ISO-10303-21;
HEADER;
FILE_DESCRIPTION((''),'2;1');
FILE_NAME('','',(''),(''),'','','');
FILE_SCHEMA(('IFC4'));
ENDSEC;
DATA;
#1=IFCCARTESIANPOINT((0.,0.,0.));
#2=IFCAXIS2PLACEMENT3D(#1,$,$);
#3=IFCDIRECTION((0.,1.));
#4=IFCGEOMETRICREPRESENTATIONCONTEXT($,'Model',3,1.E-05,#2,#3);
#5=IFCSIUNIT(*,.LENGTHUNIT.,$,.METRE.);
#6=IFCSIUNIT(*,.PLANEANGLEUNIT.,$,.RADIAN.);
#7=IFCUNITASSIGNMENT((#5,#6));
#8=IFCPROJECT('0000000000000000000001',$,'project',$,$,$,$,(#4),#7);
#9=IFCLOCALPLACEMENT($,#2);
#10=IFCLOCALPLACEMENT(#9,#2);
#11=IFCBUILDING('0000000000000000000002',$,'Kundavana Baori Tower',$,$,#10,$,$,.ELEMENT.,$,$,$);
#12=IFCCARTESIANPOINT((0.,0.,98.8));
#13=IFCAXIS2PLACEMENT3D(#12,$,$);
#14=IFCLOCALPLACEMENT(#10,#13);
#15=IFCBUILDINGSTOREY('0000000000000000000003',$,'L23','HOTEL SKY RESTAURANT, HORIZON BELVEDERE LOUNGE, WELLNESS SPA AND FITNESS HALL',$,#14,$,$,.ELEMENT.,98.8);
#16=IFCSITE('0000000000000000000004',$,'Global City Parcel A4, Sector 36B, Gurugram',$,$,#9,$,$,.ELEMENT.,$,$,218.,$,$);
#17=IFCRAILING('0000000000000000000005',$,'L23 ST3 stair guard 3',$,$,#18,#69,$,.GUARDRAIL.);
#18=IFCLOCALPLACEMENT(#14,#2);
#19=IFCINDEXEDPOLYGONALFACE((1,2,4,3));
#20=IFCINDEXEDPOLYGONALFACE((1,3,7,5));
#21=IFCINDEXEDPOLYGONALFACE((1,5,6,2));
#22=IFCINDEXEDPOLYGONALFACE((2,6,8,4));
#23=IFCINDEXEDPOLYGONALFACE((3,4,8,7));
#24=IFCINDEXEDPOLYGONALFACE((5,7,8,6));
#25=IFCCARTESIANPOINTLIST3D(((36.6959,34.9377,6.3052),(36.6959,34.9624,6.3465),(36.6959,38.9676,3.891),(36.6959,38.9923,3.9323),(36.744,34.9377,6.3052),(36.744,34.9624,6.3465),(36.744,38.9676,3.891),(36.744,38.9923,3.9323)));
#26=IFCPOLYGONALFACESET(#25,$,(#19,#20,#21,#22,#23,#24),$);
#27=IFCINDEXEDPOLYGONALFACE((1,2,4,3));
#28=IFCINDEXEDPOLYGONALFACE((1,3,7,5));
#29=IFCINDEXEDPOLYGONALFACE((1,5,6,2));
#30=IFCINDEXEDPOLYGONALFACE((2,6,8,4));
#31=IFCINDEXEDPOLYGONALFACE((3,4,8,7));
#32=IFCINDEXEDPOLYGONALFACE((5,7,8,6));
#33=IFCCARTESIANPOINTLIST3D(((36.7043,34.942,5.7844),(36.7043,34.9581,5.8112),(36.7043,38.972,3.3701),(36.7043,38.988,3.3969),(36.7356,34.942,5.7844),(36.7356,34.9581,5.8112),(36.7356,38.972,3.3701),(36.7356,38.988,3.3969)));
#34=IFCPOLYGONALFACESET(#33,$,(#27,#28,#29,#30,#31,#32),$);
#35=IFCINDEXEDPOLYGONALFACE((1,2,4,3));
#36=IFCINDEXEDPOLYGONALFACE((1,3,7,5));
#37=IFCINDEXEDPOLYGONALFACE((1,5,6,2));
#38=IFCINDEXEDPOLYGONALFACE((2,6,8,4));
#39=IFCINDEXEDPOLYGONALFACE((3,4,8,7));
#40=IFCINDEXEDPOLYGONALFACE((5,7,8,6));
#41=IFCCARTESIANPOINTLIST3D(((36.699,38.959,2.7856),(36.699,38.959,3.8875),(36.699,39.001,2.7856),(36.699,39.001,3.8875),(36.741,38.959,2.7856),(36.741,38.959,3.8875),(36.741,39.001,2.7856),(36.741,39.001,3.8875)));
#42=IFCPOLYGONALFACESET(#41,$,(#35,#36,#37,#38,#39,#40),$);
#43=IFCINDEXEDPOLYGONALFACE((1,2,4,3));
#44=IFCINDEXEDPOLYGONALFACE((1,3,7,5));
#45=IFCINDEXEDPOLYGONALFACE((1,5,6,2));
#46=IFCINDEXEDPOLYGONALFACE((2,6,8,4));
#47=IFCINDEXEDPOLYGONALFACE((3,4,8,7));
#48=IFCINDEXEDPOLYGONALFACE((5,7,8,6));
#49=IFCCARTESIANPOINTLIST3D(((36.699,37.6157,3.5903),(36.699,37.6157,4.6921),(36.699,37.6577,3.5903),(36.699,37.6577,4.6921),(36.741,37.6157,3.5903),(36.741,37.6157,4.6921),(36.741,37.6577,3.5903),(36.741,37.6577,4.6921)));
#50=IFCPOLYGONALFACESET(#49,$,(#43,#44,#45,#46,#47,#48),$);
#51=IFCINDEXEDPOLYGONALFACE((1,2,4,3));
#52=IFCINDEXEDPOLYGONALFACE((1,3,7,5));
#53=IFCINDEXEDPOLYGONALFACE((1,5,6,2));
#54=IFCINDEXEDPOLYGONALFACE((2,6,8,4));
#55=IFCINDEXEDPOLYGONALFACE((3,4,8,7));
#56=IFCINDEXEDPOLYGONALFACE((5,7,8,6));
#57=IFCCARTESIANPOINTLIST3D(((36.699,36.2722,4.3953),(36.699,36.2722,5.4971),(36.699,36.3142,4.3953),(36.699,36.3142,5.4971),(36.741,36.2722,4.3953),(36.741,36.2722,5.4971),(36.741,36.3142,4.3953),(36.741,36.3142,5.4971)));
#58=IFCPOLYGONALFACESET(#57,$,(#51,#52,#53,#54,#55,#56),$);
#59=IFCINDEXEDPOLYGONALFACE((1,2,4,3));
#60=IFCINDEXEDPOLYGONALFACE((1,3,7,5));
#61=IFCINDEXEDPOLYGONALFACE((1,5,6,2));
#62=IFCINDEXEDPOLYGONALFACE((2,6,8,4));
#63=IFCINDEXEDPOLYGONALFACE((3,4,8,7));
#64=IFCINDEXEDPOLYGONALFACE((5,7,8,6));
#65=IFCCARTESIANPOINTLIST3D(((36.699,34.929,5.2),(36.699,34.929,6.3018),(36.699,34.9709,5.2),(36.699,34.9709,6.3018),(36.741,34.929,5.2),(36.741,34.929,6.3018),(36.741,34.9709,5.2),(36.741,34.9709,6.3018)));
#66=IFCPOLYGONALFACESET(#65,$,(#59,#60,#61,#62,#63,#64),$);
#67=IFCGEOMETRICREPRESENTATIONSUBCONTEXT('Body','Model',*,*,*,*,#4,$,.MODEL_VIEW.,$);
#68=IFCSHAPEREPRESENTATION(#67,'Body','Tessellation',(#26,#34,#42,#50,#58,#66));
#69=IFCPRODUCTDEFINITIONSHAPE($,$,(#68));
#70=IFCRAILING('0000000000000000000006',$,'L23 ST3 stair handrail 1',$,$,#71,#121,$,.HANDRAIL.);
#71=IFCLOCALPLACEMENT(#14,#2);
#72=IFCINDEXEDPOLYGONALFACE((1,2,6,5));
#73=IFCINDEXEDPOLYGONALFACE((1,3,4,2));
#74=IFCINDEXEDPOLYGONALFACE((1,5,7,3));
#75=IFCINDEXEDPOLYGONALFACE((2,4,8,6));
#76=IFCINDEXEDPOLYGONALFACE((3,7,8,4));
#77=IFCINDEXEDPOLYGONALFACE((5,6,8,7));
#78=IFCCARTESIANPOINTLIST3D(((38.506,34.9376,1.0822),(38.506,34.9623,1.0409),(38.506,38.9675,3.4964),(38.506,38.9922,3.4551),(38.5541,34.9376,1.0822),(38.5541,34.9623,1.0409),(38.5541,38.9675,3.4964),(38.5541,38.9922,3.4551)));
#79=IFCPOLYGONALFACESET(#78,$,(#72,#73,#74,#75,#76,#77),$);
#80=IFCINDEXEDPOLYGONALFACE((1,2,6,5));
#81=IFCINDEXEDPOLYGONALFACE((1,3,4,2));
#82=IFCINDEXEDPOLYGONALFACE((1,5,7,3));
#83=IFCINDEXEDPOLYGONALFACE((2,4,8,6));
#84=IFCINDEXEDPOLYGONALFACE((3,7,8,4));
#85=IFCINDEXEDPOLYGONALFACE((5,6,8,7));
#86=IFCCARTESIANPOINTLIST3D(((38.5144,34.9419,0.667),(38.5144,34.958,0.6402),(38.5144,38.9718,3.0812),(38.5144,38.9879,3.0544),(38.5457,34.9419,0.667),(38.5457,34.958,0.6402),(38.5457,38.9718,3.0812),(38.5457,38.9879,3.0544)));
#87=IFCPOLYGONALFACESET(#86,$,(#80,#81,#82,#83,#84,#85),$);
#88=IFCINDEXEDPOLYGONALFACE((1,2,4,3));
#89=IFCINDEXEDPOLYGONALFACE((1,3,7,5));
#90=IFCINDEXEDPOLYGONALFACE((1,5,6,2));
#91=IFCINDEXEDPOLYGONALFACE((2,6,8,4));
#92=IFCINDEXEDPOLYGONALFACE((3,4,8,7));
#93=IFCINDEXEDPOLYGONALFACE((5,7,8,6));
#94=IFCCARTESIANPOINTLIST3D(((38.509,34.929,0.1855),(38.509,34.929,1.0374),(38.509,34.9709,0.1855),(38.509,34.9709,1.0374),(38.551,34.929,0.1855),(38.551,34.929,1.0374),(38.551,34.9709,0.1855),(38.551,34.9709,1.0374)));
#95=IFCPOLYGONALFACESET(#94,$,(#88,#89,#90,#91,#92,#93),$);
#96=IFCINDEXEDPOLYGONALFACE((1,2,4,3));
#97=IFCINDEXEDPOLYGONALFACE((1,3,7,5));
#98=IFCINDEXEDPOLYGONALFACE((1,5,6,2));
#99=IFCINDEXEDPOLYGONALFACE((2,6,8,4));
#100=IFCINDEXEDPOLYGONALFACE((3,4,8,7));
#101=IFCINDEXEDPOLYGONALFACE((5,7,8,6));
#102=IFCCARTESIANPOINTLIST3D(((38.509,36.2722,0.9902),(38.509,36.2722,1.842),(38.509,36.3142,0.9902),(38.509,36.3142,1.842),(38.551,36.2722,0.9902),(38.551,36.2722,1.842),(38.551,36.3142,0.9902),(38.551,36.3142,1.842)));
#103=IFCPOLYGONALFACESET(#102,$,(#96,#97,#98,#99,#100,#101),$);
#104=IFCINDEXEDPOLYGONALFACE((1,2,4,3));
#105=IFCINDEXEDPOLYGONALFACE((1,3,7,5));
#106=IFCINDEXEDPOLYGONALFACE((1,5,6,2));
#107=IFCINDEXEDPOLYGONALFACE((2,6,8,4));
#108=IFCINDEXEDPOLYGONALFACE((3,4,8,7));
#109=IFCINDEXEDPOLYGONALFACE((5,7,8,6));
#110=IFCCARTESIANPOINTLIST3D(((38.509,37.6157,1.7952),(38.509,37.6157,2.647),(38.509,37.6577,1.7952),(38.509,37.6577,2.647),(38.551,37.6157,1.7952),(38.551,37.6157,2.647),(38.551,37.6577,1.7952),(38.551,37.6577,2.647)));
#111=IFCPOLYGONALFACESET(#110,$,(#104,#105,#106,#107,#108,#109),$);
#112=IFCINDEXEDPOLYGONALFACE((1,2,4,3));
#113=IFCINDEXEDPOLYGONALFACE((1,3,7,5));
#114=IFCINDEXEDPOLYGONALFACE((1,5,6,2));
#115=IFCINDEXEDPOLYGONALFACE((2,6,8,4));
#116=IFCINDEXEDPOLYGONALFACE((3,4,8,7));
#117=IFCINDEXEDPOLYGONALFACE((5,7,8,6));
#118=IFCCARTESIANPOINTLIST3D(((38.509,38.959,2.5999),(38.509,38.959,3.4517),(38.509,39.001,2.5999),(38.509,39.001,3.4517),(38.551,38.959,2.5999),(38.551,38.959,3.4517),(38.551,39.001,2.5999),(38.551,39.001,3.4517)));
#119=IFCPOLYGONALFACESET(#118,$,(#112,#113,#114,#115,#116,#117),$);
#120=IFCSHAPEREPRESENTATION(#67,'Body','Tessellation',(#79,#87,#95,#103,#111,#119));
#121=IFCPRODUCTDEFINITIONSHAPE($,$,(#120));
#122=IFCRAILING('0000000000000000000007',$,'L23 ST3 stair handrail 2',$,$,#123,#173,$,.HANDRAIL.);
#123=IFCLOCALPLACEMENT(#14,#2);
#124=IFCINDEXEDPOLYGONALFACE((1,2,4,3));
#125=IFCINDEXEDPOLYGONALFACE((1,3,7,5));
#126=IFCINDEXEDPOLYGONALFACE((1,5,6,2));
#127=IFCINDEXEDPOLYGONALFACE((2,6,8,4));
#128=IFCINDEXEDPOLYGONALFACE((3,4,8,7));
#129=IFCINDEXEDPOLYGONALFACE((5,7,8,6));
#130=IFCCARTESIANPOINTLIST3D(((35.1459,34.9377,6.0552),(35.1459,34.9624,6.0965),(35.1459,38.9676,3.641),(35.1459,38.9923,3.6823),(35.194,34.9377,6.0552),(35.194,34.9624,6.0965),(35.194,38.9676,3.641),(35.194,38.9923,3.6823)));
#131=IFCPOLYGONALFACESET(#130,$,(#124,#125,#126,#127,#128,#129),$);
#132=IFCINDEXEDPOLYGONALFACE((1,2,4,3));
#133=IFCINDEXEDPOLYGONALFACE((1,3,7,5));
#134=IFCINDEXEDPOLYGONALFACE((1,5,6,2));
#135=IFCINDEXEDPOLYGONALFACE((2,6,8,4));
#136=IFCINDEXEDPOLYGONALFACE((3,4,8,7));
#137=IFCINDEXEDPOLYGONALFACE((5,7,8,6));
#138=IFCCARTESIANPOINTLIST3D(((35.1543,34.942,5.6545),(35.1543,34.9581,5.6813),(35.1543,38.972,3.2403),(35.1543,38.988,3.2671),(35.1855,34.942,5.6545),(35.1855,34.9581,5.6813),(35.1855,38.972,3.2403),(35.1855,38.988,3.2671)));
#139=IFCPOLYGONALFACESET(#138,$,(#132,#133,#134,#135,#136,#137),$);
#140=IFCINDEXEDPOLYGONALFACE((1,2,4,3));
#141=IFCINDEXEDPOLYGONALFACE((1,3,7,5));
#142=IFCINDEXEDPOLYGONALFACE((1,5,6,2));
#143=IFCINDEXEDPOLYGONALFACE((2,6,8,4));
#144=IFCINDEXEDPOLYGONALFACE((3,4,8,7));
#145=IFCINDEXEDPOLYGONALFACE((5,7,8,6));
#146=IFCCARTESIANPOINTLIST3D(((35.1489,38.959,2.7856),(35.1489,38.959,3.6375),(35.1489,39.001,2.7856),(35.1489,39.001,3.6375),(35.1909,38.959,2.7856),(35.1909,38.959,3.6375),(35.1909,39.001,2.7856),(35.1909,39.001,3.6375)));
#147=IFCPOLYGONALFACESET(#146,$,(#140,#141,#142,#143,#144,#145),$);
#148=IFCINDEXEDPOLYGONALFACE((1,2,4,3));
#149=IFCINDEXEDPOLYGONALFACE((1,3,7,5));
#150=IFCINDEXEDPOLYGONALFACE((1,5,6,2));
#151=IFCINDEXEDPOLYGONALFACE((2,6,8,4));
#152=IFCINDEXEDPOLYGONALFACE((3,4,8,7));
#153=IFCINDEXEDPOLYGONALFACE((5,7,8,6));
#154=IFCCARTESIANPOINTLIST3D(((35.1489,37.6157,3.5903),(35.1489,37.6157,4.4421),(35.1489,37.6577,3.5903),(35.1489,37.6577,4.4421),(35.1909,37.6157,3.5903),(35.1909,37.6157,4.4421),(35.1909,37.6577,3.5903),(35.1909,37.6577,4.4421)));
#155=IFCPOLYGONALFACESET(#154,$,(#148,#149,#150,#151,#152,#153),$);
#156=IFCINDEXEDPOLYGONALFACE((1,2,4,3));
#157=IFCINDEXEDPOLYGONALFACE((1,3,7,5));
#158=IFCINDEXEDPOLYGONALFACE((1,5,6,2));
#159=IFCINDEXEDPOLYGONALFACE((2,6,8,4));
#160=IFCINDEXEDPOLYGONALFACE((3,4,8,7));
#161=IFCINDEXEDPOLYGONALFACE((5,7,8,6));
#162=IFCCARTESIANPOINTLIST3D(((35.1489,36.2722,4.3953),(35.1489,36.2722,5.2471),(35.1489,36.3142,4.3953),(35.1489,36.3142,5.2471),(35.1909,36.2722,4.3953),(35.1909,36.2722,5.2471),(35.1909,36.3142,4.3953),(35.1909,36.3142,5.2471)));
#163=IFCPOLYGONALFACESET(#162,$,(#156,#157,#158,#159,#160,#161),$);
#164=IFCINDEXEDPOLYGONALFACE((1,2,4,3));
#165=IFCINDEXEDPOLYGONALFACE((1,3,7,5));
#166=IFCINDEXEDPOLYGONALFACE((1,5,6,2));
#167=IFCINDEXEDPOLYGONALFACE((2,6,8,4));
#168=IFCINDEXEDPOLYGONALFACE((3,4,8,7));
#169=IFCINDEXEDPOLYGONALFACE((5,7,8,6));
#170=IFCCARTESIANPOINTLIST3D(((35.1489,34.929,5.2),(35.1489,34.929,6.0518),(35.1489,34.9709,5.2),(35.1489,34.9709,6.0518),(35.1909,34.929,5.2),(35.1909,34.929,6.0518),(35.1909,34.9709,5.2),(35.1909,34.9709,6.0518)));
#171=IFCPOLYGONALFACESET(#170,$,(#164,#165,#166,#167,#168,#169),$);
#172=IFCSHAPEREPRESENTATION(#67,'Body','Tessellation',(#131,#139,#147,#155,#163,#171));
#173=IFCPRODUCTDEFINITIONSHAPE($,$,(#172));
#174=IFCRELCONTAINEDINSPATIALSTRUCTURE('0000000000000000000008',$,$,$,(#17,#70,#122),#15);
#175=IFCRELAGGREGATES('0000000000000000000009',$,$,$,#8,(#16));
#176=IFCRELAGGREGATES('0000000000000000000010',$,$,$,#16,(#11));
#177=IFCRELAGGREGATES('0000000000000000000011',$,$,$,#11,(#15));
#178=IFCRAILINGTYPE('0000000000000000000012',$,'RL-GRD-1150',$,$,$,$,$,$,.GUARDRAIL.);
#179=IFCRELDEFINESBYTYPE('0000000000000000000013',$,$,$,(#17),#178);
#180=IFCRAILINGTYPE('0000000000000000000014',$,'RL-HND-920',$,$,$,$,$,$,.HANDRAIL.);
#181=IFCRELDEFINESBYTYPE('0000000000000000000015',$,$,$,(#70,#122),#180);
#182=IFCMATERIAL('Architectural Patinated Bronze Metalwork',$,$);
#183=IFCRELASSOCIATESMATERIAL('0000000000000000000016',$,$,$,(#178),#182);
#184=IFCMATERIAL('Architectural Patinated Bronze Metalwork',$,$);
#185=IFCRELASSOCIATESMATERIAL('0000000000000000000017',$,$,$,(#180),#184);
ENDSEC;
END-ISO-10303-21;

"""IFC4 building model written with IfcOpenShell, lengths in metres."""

from ifc_helpers import new_model, si_unit, direction, frame, origin, origin_2d, place, context, subcontext, project, spatial, rectangle, extrude, material, type_object, element, save


model = new_model("IFC4")

# Units and contexts
model_context = context("Model", 3, precision=1e-05, world=origin(), true_north=direction((0.0, 1.0)))
body_context = subcontext(model_context, "Body", "Model", "MODEL_VIEW")
ifc_project = project(units=[si_unit("LENGTHUNIT", "METRE"), si_unit("PLANEANGLEUNIT", "RADIAN")], contexts=[model_context])

# Site, building, storey
site_placement = place(None, origin())
site = spatial("IfcSite", under=ifc_project, at=site_placement, Name="Global City Parcel A4, Sector 36B, Gurugram", CompositionType="ELEMENT", RefElevation=218.0)
building_placement = place(site_placement, origin())
building = spatial("IfcBuilding", under=site, at=building_placement, Name="Kundavana Baori Tower", CompositionType="ELEMENT")
storey_placement = place(building_placement, frame((0.0, 0.0, 98.8)))
storey = spatial("IfcBuildingStorey", under=building, at=storey_placement, Name="L23", Description="HOTEL SKY RESTAURANT, HORIZON BELVEDERE LOUNGE, WELLNESS SPA AND FITNESS HALL", CompositionType="ELEMENT", Elevation=98.8)

# Railings
ifc_material_1 = material(Name="Architectural Patinated Bronze Metalwork")
railing_type_1 = type_object("IfcRailingType", Name="RL-GRD-1150", PredefinedType="GUARDRAIL", material=ifc_material_1)
railing_1_placement = place(storey_placement, frame((36.72, 38.98, 2.7856)))
element("IfcRailing", 1, at=railing_1_placement, inside=storey, type_object=railing_type_1, Name="L23 ST3 stair guard 3", PredefinedType="GUARDRAIL", context=body_context, shape_type="SweptSolid", body=[
    extrude(rectangle(XDim=0.0481, YDim=0.0481, at=origin_2d()), frame((0.0, 0.0, 1.126), z_axis=(0.0, -0.857841, 0.513915), x_axis=(1.0, 0.0, 0.0)), (0.0, 0.0, 1.0), 4.6978),
    extrude(rectangle(XDim=0.0312, YDim=0.0312, at=origin_2d()), frame((0.0, 0.0, 0.5979), z_axis=(0.0, -0.857841, 0.513915), x_axis=(1.0, 0.0, 0.0)), (0.0, 0.0, 1.0), 4.6978),
    extrude(rectangle(XDim=0.042, YDim=0.042, at=origin_2d()), origin(), (0.0, 0.0, 1.0), 1.1018),
    extrude(rectangle(XDim=0.042, YDim=0.042, at=origin_2d()), frame((0.0, -1.3433, 0.8047)), (0.0, 0.0, 1.0), 1.1018),
    extrude(rectangle(XDim=0.042, YDim=0.042, at=origin_2d()), frame((0.0, -2.6868, 1.6096)), (0.0, 0.0, 1.0), 1.1018),
    extrude(rectangle(XDim=0.042, YDim=0.042, at=origin_2d()), frame((0.0, -4.03, 2.4143)), (0.0, 0.0, 1.0), 1.1018),
])
ifc_material_2 = material(Name="Architectural Patinated Bronze Metalwork")
railing_type_2 = type_object("IfcRailingType", Name="RL-HND-920", PredefinedType="HANDRAIL", material=ifc_material_2)
railing_2_placement = place(storey_placement, frame((38.53, 34.95, 0.1855)))
element("IfcRailing", 2, at=railing_2_placement, inside=storey, type_object=railing_type_2, Name="L23 ST3 stair handrail 1", PredefinedType="HANDRAIL", context=body_context, shape_type="SweptSolid", body=[
    extrude(rectangle(XDim=0.0481, YDim=0.0481, at=origin_2d()), frame((0.0, 0.0, 0.876), z_axis=(0.0, 0.857841, 0.513915), x_axis=(-1.0, 0.0, 0.0)), (0.0, 0.0, 1.0), 4.6978),
    extrude(rectangle(XDim=0.0312, YDim=0.0312, at=origin_2d()), frame((0.0, 0.0, 0.468), z_axis=(0.0, 0.857841, 0.513915), x_axis=(-1.0, 0.0, 0.0)), (0.0, 0.0, 1.0), 4.6978),
    extrude(rectangle(XDim=0.042, YDim=0.042, at=origin_2d()), origin(), (0.0, 0.0, 1.0), 0.8518),
    extrude(rectangle(XDim=0.042, YDim=0.042, at=origin_2d()), frame((0.0, 1.3433, 0.8047)), (0.0, 0.0, 1.0), 0.8518),
    extrude(rectangle(XDim=0.042, YDim=0.042, at=origin_2d()), frame((0.0, 2.6868, 1.6096)), (0.0, 0.0, 1.0), 0.8518),
    extrude(rectangle(XDim=0.042, YDim=0.042, at=origin_2d()), frame((0.0, 4.03, 2.4143)), (0.0, 0.0, 1.0), 0.8518),
])
railing_3_placement = place(storey_placement, frame((35.1699, 38.98, 2.7856)))
element("IfcRailing", 3, at=railing_3_placement, inside=storey, type_object=railing_type_2, Name="L23 ST3 stair handrail 2", PredefinedType="HANDRAIL", context=body_context, shape_type="SweptSolid", body=[
    extrude(rectangle(XDim=0.0481, YDim=0.0481, at=origin_2d()), frame((0.0, 0.0, 0.876), z_axis=(0.0, -0.857841, 0.513915), x_axis=(1.0, 0.0, 0.0)), (0.0, 0.0, 1.0), 4.6978),
    extrude(rectangle(XDim=0.0312, YDim=0.0312, at=origin_2d()), frame((0.0, 0.0, 0.468), z_axis=(0.0, -0.857841, 0.513915), x_axis=(1.0, 0.0, 0.0)), (0.0, 0.0, 1.0), 4.6978),
    extrude(rectangle(XDim=0.042, YDim=0.042, at=origin_2d()), origin(), (0.0, 0.0, 1.0), 0.8518),
    extrude(rectangle(XDim=0.042, YDim=0.042, at=origin_2d()), frame((0.0, -1.3433, 0.8047)), (0.0, 0.0, 1.0), 0.8518),
    extrude(rectangle(XDim=0.042, YDim=0.042, at=origin_2d()), frame((0.0, -2.6868, 1.6096)), (0.0, 0.0, 1.0), 0.8518),
    extrude(rectangle(XDim=0.042, YDim=0.042, at=origin_2d()), frame((0.0, -4.03, 2.4143)), (0.0, 0.0, 1.0), 0.8518),
])

save(model, "model.ifc")
